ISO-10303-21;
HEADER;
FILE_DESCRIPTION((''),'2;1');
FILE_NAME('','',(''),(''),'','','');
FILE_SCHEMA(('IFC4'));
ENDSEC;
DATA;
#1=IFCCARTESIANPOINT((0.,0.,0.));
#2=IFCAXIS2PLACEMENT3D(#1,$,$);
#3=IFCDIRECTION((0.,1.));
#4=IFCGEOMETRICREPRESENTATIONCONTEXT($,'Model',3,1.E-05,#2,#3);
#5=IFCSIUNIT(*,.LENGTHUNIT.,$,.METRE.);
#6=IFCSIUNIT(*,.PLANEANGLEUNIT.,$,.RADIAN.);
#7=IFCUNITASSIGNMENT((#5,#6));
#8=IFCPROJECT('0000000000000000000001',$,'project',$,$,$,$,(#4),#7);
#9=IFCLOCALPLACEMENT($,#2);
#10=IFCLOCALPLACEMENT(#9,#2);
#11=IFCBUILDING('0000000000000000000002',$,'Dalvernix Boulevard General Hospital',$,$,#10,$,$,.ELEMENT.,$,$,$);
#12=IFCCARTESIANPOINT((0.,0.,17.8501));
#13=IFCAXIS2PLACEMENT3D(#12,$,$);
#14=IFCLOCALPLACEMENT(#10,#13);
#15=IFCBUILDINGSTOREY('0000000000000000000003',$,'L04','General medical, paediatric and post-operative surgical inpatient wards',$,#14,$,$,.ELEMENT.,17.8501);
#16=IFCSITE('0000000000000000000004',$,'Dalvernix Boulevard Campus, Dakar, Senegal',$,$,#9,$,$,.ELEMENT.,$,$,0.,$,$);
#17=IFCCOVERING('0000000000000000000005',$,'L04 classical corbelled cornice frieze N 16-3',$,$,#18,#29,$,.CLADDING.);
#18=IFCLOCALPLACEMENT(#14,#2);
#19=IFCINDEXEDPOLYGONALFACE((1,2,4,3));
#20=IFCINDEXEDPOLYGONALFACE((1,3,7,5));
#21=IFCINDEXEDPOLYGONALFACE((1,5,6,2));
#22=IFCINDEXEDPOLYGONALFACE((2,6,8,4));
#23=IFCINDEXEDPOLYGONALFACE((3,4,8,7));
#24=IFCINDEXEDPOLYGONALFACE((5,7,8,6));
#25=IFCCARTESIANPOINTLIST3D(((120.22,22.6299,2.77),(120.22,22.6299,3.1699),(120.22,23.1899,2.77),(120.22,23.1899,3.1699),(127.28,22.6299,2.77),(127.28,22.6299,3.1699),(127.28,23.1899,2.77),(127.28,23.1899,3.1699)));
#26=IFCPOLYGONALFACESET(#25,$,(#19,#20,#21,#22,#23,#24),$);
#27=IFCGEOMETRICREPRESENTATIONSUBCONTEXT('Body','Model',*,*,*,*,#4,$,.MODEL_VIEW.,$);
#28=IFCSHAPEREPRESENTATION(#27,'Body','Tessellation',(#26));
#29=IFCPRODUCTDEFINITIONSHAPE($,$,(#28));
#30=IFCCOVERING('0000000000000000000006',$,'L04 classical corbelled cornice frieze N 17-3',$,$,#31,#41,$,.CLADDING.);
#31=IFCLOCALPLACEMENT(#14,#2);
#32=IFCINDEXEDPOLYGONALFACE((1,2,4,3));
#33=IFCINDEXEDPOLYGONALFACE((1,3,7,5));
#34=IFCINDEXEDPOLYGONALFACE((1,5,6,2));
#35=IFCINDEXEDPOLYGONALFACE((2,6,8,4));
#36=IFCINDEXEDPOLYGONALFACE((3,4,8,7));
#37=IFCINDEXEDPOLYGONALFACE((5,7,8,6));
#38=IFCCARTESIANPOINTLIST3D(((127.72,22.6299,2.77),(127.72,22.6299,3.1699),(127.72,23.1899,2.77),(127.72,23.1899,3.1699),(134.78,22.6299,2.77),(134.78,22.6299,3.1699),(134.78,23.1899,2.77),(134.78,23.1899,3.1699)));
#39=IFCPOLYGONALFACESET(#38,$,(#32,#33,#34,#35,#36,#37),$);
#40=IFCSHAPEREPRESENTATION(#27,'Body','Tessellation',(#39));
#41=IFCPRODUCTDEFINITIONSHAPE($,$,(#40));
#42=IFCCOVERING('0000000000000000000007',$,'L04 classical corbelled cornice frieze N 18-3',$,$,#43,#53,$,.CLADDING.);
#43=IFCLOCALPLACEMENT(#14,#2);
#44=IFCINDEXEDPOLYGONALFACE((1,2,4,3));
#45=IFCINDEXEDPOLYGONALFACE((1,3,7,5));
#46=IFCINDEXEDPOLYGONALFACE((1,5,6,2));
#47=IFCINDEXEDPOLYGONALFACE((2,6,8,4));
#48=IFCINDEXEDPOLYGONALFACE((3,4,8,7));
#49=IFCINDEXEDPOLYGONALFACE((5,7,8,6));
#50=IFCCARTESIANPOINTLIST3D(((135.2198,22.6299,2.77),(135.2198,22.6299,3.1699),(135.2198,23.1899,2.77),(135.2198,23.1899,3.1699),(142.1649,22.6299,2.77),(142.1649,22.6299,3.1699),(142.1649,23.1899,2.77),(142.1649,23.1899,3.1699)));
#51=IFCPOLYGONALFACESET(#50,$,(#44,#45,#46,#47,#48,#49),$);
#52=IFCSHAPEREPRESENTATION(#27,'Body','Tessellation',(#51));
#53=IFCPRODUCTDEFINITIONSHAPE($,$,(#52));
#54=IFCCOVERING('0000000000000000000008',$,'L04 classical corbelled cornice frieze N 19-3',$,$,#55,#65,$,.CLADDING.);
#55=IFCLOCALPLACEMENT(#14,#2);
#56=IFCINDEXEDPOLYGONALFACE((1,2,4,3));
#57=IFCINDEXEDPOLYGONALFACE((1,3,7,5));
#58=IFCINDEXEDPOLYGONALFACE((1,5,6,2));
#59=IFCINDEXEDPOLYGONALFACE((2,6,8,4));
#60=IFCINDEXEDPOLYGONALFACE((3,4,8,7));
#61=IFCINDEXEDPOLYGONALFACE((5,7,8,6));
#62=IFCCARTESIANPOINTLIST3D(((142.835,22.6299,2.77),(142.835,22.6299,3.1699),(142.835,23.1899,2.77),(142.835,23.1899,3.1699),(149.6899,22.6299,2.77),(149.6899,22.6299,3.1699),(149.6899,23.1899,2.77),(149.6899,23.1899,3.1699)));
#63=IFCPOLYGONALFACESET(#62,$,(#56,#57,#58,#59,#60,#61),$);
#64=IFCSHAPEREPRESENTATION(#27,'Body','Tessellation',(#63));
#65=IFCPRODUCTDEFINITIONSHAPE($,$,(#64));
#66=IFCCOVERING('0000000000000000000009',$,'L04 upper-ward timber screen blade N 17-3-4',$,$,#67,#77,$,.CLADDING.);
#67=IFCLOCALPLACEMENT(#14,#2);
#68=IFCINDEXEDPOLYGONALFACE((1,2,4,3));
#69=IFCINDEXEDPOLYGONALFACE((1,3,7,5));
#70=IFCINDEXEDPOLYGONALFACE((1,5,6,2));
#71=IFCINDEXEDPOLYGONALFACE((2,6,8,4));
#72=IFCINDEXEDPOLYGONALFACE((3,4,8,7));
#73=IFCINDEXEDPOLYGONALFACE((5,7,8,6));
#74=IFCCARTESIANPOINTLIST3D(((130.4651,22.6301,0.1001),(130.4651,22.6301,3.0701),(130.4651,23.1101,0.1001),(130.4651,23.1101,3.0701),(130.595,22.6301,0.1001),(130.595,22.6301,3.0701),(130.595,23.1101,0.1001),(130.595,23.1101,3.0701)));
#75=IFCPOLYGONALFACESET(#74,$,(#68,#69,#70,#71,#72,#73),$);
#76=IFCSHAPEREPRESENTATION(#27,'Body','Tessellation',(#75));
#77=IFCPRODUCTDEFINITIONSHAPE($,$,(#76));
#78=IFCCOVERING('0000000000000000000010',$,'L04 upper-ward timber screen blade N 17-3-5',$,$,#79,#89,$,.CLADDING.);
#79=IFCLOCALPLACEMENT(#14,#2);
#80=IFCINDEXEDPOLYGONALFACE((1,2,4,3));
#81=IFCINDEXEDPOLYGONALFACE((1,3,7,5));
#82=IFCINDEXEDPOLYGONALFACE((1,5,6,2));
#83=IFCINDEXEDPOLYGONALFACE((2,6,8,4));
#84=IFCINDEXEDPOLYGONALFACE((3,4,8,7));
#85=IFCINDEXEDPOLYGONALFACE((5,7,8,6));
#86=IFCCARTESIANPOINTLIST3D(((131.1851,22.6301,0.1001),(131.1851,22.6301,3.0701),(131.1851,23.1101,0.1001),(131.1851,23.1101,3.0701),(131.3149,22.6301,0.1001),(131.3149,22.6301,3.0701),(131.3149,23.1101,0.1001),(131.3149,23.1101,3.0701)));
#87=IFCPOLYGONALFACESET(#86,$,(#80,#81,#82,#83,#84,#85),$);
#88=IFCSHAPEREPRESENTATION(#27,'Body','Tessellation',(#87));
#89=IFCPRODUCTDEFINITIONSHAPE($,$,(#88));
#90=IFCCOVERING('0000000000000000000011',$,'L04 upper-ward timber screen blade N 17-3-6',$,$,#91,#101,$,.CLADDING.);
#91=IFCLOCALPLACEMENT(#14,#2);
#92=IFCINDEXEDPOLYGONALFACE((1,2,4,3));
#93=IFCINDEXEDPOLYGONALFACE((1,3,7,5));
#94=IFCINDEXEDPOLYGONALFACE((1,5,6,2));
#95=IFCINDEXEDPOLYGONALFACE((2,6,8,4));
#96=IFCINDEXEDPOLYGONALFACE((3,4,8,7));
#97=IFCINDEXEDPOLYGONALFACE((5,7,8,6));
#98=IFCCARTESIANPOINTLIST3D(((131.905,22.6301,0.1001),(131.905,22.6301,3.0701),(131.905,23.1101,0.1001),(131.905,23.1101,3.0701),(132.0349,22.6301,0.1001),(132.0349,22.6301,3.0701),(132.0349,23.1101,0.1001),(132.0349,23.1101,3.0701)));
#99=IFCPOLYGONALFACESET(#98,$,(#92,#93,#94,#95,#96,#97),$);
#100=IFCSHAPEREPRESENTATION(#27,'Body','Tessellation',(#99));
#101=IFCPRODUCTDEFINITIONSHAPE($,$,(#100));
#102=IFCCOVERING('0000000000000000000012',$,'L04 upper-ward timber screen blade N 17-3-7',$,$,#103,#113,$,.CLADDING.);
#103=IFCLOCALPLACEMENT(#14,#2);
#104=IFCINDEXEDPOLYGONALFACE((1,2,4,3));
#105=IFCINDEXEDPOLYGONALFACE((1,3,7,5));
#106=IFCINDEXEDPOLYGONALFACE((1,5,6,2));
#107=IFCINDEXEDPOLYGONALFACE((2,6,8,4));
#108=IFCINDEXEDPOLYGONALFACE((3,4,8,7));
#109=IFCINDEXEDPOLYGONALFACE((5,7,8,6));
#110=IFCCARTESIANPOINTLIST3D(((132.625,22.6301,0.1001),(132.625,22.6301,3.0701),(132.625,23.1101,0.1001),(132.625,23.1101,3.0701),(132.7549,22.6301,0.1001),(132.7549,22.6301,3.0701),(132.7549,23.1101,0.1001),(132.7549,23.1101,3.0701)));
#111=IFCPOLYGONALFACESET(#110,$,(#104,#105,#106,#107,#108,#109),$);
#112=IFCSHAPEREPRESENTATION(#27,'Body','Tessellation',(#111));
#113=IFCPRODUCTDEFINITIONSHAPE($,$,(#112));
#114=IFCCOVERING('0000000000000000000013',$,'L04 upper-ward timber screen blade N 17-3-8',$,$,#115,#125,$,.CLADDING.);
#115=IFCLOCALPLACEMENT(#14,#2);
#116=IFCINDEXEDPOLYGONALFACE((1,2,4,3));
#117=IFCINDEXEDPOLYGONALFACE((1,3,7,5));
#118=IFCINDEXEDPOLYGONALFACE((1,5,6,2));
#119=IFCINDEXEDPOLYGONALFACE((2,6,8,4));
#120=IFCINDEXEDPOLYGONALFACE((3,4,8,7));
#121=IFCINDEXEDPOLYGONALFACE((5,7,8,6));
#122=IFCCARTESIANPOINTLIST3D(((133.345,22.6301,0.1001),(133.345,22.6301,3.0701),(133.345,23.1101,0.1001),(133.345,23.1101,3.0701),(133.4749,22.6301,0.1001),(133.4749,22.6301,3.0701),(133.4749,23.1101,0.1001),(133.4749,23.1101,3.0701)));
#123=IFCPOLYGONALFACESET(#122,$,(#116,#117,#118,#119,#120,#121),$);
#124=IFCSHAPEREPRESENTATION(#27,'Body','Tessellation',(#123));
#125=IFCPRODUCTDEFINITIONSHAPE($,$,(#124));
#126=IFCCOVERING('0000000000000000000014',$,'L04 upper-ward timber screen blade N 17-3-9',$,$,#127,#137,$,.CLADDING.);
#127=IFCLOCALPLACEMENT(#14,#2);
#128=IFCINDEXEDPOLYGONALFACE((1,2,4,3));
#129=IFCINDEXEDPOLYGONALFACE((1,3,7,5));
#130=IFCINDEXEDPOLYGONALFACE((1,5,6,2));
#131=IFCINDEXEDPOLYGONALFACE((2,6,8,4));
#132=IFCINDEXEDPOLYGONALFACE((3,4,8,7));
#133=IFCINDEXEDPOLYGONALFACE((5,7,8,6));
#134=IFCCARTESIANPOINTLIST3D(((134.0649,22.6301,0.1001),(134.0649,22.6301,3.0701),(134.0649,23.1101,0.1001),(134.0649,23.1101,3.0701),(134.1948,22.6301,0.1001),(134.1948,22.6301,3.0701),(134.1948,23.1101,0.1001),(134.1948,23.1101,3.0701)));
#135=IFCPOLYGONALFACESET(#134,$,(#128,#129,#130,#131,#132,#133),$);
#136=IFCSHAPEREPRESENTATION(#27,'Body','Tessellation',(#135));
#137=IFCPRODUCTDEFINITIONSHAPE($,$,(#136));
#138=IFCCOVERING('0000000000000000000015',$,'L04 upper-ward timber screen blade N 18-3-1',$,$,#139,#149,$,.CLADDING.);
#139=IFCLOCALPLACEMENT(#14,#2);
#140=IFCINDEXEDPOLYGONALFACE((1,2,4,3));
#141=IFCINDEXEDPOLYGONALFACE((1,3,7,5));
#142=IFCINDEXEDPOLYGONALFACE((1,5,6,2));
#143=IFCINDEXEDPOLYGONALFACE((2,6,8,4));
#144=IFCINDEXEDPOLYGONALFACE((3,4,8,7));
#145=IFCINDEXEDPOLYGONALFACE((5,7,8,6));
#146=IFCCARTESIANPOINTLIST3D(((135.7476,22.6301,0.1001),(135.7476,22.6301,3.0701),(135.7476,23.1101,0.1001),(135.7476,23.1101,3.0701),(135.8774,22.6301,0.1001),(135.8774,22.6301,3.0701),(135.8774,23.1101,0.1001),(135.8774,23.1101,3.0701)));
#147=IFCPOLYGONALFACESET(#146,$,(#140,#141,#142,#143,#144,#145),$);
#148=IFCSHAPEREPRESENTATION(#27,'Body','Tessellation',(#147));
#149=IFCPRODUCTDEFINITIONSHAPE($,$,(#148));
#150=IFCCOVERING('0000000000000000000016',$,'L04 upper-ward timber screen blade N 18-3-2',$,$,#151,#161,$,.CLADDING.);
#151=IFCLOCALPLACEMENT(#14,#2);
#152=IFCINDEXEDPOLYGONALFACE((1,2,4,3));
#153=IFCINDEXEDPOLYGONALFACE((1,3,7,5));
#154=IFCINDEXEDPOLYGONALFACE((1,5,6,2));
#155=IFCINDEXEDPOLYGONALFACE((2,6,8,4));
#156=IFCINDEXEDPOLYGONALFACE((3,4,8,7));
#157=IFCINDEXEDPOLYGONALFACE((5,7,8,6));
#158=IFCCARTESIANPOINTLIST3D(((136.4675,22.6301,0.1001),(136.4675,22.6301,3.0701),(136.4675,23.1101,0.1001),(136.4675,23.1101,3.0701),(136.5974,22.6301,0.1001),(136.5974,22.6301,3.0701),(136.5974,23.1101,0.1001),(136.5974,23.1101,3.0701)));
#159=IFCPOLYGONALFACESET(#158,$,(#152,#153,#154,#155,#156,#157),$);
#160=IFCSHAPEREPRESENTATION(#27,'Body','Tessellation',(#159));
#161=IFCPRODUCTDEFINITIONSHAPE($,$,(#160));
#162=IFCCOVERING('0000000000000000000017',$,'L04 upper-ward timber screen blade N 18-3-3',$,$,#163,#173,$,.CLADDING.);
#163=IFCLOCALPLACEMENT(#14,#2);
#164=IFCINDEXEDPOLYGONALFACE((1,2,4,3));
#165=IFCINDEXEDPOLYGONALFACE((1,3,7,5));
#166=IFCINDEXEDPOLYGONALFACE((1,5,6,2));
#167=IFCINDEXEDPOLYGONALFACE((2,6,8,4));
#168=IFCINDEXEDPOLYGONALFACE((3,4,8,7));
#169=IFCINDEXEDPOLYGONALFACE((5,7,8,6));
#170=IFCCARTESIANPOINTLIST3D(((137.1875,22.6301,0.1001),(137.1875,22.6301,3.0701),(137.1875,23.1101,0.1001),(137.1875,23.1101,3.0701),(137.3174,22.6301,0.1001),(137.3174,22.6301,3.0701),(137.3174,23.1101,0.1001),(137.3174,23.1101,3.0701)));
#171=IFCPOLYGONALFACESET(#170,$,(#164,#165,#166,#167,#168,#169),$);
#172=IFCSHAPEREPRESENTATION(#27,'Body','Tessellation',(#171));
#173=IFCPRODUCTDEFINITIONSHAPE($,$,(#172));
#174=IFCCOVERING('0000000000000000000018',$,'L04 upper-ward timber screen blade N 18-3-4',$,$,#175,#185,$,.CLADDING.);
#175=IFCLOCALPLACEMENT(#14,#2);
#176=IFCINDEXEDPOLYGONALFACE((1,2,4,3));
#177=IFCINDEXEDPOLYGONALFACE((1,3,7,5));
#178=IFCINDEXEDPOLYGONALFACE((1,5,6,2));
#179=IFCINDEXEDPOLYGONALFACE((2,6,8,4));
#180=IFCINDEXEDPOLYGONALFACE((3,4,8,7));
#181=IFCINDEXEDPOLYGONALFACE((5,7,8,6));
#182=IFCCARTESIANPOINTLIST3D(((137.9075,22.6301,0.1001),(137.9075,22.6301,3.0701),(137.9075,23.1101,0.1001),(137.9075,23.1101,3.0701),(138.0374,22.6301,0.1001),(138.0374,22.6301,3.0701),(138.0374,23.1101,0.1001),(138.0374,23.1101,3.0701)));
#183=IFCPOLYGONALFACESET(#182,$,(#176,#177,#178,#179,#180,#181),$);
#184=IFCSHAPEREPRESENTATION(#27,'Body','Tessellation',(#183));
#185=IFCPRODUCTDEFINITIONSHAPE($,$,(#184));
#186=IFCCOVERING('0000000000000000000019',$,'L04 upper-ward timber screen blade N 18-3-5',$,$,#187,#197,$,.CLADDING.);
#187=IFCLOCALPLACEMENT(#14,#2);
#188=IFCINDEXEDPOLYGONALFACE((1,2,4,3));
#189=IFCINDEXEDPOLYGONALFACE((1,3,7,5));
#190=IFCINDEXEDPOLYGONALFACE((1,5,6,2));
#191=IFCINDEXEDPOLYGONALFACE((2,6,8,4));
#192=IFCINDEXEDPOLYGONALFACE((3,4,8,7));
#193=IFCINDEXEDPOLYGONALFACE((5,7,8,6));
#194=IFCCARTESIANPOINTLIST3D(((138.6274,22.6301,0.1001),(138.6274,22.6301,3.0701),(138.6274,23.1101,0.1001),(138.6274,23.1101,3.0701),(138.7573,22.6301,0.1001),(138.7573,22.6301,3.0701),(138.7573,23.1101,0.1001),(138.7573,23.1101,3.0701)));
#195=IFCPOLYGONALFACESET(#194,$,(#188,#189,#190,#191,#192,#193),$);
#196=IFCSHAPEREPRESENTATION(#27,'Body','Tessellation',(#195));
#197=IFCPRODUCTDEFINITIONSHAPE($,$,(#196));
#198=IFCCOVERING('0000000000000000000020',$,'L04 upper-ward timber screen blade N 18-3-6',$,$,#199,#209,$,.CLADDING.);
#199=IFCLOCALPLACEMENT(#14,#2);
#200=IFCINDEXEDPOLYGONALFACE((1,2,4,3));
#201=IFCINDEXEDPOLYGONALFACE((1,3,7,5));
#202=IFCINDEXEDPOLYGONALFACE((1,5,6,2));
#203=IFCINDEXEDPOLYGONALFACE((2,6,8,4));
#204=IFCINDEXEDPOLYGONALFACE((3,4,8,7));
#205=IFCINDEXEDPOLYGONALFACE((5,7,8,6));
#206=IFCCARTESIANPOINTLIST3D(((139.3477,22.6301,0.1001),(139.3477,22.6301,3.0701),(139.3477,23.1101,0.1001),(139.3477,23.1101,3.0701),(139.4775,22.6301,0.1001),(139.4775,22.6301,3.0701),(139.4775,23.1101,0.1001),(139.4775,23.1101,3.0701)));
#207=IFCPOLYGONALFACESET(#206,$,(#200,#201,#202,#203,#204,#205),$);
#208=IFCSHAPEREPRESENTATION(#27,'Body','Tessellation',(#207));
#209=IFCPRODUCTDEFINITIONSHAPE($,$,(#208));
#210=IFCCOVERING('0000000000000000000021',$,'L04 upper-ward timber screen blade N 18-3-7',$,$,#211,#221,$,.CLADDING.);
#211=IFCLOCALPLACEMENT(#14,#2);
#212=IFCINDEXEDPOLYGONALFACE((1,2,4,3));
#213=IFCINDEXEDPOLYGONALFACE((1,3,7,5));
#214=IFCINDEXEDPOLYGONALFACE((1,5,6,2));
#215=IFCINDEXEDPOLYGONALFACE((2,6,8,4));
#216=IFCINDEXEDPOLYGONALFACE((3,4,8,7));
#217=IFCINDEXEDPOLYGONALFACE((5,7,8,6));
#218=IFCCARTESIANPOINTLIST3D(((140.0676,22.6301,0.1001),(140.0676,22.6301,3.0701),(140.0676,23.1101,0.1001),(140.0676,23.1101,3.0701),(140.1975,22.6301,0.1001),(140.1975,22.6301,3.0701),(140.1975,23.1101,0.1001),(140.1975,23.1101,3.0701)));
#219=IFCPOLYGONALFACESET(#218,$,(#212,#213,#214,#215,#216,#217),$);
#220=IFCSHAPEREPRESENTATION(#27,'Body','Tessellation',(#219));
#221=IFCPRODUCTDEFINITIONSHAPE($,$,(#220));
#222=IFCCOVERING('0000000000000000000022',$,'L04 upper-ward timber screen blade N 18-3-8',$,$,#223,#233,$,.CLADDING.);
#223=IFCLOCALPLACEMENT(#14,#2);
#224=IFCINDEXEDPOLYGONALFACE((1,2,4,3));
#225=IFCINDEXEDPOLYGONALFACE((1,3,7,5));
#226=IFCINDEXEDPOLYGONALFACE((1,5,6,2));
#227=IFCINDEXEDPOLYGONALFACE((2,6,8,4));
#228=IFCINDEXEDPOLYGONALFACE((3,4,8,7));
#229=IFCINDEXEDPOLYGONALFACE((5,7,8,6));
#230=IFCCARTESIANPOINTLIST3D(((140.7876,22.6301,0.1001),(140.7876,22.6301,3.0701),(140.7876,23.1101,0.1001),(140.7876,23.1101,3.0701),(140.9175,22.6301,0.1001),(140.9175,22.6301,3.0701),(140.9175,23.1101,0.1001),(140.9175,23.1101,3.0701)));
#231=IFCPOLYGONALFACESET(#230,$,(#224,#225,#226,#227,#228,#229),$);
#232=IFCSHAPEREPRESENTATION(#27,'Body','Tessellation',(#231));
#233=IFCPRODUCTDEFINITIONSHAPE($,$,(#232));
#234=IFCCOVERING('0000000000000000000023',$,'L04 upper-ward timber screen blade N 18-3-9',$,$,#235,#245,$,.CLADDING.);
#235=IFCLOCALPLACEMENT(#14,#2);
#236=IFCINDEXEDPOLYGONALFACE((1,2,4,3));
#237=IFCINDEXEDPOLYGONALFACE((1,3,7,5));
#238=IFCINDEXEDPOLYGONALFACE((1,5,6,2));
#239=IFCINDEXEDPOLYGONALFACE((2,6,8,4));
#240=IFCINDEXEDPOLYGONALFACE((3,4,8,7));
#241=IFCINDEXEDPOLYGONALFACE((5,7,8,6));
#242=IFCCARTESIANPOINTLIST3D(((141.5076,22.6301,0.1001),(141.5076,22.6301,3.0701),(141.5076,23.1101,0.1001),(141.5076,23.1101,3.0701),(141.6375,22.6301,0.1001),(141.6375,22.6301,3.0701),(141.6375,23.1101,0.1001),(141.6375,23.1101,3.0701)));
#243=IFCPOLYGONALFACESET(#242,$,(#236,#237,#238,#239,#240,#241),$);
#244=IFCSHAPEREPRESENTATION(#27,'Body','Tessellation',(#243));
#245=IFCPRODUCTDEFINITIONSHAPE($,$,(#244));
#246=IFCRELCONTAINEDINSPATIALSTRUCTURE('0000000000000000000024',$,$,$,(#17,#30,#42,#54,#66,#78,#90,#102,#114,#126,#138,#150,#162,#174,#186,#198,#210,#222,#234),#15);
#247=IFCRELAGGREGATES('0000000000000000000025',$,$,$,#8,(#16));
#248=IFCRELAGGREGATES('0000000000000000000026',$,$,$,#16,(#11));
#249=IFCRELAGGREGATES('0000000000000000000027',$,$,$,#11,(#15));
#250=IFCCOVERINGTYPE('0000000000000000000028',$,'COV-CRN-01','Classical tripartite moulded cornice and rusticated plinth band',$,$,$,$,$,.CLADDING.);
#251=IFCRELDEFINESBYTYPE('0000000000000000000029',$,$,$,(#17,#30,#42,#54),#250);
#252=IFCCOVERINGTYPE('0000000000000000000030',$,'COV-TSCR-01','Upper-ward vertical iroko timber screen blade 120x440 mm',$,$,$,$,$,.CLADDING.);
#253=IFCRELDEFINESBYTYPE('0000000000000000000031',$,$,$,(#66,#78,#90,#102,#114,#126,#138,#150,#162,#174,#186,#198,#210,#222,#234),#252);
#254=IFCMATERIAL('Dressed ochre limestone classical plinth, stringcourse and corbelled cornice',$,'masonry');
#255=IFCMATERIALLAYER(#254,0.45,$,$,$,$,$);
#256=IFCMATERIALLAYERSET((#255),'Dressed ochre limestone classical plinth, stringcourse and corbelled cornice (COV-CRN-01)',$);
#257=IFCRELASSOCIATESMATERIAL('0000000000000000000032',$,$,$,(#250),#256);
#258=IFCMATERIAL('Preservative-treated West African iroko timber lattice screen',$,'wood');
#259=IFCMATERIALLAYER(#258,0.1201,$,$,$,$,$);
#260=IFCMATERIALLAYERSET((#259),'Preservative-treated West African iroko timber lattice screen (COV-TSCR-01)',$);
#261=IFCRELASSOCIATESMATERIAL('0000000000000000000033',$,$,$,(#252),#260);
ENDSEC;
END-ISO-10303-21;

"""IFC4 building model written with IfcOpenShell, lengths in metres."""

from ifc_helpers import new_model, si_unit, direction, frame, origin, origin_2d, place, context, subcontext, project, spatial, rectangle, extrude, material, layer, layer_set, type_object, element, save


model = new_model("IFC4")

# Units and contexts
model_context = context("Model", 3, precision=1e-05, world=origin(), true_north=direction((0.0, 1.0)))
body_context = subcontext(model_context, "Body", "Model", "MODEL_VIEW")
ifc_project = project(units=[si_unit("LENGTHUNIT", "METRE"), si_unit("PLANEANGLEUNIT", "RADIAN")], contexts=[model_context])

# Site, building, storey
site_placement = place(None, origin())
site = spatial("IfcSite", under=ifc_project, at=site_placement, Name="Dalvernix Boulevard Campus, Dakar, Senegal", CompositionType="ELEMENT", RefElevation=0.0)
building_placement = place(site_placement, origin())
building = spatial("IfcBuilding", under=site, at=building_placement, Name="Dalvernix Boulevard General Hospital", CompositionType="ELEMENT")
storey_placement = place(building_placement, frame((0.0, 0.0, 17.8501)))
storey = spatial("IfcBuildingStorey", under=building, at=storey_placement, Name="L04", Description="General medical, paediatric and post-operative surgical inpatient wards", CompositionType="ELEMENT", Elevation=17.8501)

# Coverings
ifc_material_1 = material(Name="Dressed ochre limestone classical plinth, stringcourse and corbelled cornice", Category="masonry")
ifc_layer_1 = layer(ifc_material_1, 0.45)
ifc_layer_set_1 = layer_set([ifc_layer_1], Name="Dressed ochre limestone classical plinth, stringcourse and corbelled cornice (COV-CRN-01)")
covering_type_1 = type_object("IfcCoveringType", Name="COV-CRN-01", Description="Classical tripartite moulded cornice and rusticated plinth band", PredefinedType="CLADDING", material=ifc_layer_set_1)
for number, where, z_axis, x_axis, name in (
    (1, (123.75, 22.9099, 2.77), (0.0, 0.0, 1.0), (1.0, 0.0, 0.0), "L04 classical corbelled cornice frieze N 16-3"),
    (2, (131.25, 22.9099, 2.77), (0.0, 0.0, 1.0), (1.0, 0.0, 0.0), "L04 classical corbelled cornice frieze N 17-3"),
):
    element("IfcCovering", number, at=place(storey_placement, frame(where, z_axis=z_axis, x_axis=x_axis)), inside=storey, type_object=covering_type_1, Name=name, PredefinedType="CLADDING", context=body_context, shape_type="SweptSolid", body=[
        extrude(rectangle(XDim=7.0601, YDim=0.5601, at=origin_2d()), origin(), (0.0, 0.0, 1.0), 0.3999),
    ])
covering_1_placement = place(storey_placement, frame((138.6924, 22.9099, 2.77), z_axis=(0.0, 0.0, 1.0), x_axis=(1.0, 0.0, 0.0)))
element("IfcCovering", 3, at=covering_1_placement, inside=storey, type_object=covering_type_1, Name="L04 classical corbelled cornice frieze N 18-3", PredefinedType="CLADDING", context=body_context, shape_type="SweptSolid", body=[
    extrude(rectangle(XDim=6.9451, YDim=0.5601, at=origin_2d()), origin(), (0.0, 0.0, 1.0), 0.3999),
])
covering_2_placement = place(storey_placement, frame((146.2625, 22.9099, 2.77), z_axis=(0.0, 0.0, 1.0), x_axis=(1.0, 0.0, 0.0)))
element("IfcCovering", 4, at=covering_2_placement, inside=storey, type_object=covering_type_1, Name="L04 classical corbelled cornice frieze N 19-3", PredefinedType="CLADDING", context=body_context, shape_type="SweptSolid", body=[
    extrude(rectangle(XDim=6.855, YDim=0.5601, at=origin_2d()), origin(), (0.0, 0.0, 1.0), 0.3999),
])
ifc_material_2 = material(Name="Preservative-treated West African iroko timber lattice screen", Category="wood")
ifc_layer_2 = layer(ifc_material_2, 0.1201)
ifc_layer_set_2 = layer_set([ifc_layer_2], Name="Preservative-treated West African iroko timber lattice screen (COV-TSCR-01)")
covering_type_2 = type_object("IfcCoveringType", Name="COV-TSCR-01", Description="Upper-ward vertical iroko timber screen blade 120x440 mm", PredefinedType="CLADDING", material=ifc_layer_set_2)
for number, where, z_axis, x_axis, name in (
    (5, (130.53, 22.8701, 0.1001), (0.0, 0.0, 1.0), (1.0, 0.0, 0.0), "L04 upper-ward timber screen blade N 17-3-4"),
    (6, (131.25, 22.8701, 0.1001), (0.0, 0.0, 1.0), (1.0, 0.0, 0.0), "L04 upper-ward timber screen blade N 17-3-5"),
    (7, (131.97, 22.8701, 0.1001), (0.0, 0.0, 1.0), (1.0, 0.0, 0.0), "L04 upper-ward timber screen blade N 17-3-6"),
    (8, (132.6899, 22.8701, 0.1001), (0.0, 0.0, 1.0), (1.0, 0.0, 0.0), "L04 upper-ward timber screen blade N 17-3-7"),
    (9, (133.4099, 22.8701, 0.1001), (0.0, 0.0, 1.0), (1.0, 0.0, 0.0), "L04 upper-ward timber screen blade N 17-3-8"),
    (10, (134.1299, 22.8701, 0.1001), (0.0, 0.0, 1.0), (1.0, 0.0, 0.0), "L04 upper-ward timber screen blade N 17-3-9"),
    (11, (135.8125, 22.8701, 0.1001), (0.0, 0.0, 1.0), (1.0, 0.0, 0.0), "L04 upper-ward timber screen blade N 18-3-1"),
    (12, (136.5325, 22.8701, 0.1001), (0.0, 0.0, 1.0), (1.0, 0.0, 0.0), "L04 upper-ward timber screen blade N 18-3-2"),
    (13, (137.2524, 22.8701, 0.1001), (0.0, 0.0, 1.0), (1.0, 0.0, 0.0), "L04 upper-ward timber screen blade N 18-3-3"),
    (14, (137.9724, 22.8701, 0.1001), (0.0, 0.0, 1.0), (1.0, 0.0, 0.0), "L04 upper-ward timber screen blade N 18-3-4"),
    (15, (138.6924, 22.8701, 0.1001), (0.0, 0.0, 1.0), (1.0, 0.0, 0.0), "L04 upper-ward timber screen blade N 18-3-5"),
    (16, (139.4126, 22.8701, 0.1001), (0.0, 0.0, 1.0), (1.0, 0.0, 0.0), "L04 upper-ward timber screen blade N 18-3-6"),
    (17, (140.1326, 22.8701, 0.1001), (0.0, 0.0, 1.0), (1.0, 0.0, 0.0), "L04 upper-ward timber screen blade N 18-3-7"),
    (18, (140.8525, 22.8701, 0.1001), (0.0, 0.0, 1.0), (1.0, 0.0, 0.0), "L04 upper-ward timber screen blade N 18-3-8"),
    (19, (141.5725, 22.8701, 0.1001), (0.0, 0.0, 1.0), (1.0, 0.0, 0.0), "L04 upper-ward timber screen blade N 18-3-9"),
):
    element("IfcCovering", number, at=place(storey_placement, frame(where, z_axis=z_axis, x_axis=x_axis)), inside=storey, type_object=covering_type_2, Name=name, PredefinedType="CLADDING", context=body_context, shape_type="SweptSolid", body=[
        extrude(rectangle(XDim=0.1299, YDim=0.48, at=origin_2d()), origin(), (0.0, 0.0, 1.0), 2.97),
    ])

save(model, "model.ifc")
